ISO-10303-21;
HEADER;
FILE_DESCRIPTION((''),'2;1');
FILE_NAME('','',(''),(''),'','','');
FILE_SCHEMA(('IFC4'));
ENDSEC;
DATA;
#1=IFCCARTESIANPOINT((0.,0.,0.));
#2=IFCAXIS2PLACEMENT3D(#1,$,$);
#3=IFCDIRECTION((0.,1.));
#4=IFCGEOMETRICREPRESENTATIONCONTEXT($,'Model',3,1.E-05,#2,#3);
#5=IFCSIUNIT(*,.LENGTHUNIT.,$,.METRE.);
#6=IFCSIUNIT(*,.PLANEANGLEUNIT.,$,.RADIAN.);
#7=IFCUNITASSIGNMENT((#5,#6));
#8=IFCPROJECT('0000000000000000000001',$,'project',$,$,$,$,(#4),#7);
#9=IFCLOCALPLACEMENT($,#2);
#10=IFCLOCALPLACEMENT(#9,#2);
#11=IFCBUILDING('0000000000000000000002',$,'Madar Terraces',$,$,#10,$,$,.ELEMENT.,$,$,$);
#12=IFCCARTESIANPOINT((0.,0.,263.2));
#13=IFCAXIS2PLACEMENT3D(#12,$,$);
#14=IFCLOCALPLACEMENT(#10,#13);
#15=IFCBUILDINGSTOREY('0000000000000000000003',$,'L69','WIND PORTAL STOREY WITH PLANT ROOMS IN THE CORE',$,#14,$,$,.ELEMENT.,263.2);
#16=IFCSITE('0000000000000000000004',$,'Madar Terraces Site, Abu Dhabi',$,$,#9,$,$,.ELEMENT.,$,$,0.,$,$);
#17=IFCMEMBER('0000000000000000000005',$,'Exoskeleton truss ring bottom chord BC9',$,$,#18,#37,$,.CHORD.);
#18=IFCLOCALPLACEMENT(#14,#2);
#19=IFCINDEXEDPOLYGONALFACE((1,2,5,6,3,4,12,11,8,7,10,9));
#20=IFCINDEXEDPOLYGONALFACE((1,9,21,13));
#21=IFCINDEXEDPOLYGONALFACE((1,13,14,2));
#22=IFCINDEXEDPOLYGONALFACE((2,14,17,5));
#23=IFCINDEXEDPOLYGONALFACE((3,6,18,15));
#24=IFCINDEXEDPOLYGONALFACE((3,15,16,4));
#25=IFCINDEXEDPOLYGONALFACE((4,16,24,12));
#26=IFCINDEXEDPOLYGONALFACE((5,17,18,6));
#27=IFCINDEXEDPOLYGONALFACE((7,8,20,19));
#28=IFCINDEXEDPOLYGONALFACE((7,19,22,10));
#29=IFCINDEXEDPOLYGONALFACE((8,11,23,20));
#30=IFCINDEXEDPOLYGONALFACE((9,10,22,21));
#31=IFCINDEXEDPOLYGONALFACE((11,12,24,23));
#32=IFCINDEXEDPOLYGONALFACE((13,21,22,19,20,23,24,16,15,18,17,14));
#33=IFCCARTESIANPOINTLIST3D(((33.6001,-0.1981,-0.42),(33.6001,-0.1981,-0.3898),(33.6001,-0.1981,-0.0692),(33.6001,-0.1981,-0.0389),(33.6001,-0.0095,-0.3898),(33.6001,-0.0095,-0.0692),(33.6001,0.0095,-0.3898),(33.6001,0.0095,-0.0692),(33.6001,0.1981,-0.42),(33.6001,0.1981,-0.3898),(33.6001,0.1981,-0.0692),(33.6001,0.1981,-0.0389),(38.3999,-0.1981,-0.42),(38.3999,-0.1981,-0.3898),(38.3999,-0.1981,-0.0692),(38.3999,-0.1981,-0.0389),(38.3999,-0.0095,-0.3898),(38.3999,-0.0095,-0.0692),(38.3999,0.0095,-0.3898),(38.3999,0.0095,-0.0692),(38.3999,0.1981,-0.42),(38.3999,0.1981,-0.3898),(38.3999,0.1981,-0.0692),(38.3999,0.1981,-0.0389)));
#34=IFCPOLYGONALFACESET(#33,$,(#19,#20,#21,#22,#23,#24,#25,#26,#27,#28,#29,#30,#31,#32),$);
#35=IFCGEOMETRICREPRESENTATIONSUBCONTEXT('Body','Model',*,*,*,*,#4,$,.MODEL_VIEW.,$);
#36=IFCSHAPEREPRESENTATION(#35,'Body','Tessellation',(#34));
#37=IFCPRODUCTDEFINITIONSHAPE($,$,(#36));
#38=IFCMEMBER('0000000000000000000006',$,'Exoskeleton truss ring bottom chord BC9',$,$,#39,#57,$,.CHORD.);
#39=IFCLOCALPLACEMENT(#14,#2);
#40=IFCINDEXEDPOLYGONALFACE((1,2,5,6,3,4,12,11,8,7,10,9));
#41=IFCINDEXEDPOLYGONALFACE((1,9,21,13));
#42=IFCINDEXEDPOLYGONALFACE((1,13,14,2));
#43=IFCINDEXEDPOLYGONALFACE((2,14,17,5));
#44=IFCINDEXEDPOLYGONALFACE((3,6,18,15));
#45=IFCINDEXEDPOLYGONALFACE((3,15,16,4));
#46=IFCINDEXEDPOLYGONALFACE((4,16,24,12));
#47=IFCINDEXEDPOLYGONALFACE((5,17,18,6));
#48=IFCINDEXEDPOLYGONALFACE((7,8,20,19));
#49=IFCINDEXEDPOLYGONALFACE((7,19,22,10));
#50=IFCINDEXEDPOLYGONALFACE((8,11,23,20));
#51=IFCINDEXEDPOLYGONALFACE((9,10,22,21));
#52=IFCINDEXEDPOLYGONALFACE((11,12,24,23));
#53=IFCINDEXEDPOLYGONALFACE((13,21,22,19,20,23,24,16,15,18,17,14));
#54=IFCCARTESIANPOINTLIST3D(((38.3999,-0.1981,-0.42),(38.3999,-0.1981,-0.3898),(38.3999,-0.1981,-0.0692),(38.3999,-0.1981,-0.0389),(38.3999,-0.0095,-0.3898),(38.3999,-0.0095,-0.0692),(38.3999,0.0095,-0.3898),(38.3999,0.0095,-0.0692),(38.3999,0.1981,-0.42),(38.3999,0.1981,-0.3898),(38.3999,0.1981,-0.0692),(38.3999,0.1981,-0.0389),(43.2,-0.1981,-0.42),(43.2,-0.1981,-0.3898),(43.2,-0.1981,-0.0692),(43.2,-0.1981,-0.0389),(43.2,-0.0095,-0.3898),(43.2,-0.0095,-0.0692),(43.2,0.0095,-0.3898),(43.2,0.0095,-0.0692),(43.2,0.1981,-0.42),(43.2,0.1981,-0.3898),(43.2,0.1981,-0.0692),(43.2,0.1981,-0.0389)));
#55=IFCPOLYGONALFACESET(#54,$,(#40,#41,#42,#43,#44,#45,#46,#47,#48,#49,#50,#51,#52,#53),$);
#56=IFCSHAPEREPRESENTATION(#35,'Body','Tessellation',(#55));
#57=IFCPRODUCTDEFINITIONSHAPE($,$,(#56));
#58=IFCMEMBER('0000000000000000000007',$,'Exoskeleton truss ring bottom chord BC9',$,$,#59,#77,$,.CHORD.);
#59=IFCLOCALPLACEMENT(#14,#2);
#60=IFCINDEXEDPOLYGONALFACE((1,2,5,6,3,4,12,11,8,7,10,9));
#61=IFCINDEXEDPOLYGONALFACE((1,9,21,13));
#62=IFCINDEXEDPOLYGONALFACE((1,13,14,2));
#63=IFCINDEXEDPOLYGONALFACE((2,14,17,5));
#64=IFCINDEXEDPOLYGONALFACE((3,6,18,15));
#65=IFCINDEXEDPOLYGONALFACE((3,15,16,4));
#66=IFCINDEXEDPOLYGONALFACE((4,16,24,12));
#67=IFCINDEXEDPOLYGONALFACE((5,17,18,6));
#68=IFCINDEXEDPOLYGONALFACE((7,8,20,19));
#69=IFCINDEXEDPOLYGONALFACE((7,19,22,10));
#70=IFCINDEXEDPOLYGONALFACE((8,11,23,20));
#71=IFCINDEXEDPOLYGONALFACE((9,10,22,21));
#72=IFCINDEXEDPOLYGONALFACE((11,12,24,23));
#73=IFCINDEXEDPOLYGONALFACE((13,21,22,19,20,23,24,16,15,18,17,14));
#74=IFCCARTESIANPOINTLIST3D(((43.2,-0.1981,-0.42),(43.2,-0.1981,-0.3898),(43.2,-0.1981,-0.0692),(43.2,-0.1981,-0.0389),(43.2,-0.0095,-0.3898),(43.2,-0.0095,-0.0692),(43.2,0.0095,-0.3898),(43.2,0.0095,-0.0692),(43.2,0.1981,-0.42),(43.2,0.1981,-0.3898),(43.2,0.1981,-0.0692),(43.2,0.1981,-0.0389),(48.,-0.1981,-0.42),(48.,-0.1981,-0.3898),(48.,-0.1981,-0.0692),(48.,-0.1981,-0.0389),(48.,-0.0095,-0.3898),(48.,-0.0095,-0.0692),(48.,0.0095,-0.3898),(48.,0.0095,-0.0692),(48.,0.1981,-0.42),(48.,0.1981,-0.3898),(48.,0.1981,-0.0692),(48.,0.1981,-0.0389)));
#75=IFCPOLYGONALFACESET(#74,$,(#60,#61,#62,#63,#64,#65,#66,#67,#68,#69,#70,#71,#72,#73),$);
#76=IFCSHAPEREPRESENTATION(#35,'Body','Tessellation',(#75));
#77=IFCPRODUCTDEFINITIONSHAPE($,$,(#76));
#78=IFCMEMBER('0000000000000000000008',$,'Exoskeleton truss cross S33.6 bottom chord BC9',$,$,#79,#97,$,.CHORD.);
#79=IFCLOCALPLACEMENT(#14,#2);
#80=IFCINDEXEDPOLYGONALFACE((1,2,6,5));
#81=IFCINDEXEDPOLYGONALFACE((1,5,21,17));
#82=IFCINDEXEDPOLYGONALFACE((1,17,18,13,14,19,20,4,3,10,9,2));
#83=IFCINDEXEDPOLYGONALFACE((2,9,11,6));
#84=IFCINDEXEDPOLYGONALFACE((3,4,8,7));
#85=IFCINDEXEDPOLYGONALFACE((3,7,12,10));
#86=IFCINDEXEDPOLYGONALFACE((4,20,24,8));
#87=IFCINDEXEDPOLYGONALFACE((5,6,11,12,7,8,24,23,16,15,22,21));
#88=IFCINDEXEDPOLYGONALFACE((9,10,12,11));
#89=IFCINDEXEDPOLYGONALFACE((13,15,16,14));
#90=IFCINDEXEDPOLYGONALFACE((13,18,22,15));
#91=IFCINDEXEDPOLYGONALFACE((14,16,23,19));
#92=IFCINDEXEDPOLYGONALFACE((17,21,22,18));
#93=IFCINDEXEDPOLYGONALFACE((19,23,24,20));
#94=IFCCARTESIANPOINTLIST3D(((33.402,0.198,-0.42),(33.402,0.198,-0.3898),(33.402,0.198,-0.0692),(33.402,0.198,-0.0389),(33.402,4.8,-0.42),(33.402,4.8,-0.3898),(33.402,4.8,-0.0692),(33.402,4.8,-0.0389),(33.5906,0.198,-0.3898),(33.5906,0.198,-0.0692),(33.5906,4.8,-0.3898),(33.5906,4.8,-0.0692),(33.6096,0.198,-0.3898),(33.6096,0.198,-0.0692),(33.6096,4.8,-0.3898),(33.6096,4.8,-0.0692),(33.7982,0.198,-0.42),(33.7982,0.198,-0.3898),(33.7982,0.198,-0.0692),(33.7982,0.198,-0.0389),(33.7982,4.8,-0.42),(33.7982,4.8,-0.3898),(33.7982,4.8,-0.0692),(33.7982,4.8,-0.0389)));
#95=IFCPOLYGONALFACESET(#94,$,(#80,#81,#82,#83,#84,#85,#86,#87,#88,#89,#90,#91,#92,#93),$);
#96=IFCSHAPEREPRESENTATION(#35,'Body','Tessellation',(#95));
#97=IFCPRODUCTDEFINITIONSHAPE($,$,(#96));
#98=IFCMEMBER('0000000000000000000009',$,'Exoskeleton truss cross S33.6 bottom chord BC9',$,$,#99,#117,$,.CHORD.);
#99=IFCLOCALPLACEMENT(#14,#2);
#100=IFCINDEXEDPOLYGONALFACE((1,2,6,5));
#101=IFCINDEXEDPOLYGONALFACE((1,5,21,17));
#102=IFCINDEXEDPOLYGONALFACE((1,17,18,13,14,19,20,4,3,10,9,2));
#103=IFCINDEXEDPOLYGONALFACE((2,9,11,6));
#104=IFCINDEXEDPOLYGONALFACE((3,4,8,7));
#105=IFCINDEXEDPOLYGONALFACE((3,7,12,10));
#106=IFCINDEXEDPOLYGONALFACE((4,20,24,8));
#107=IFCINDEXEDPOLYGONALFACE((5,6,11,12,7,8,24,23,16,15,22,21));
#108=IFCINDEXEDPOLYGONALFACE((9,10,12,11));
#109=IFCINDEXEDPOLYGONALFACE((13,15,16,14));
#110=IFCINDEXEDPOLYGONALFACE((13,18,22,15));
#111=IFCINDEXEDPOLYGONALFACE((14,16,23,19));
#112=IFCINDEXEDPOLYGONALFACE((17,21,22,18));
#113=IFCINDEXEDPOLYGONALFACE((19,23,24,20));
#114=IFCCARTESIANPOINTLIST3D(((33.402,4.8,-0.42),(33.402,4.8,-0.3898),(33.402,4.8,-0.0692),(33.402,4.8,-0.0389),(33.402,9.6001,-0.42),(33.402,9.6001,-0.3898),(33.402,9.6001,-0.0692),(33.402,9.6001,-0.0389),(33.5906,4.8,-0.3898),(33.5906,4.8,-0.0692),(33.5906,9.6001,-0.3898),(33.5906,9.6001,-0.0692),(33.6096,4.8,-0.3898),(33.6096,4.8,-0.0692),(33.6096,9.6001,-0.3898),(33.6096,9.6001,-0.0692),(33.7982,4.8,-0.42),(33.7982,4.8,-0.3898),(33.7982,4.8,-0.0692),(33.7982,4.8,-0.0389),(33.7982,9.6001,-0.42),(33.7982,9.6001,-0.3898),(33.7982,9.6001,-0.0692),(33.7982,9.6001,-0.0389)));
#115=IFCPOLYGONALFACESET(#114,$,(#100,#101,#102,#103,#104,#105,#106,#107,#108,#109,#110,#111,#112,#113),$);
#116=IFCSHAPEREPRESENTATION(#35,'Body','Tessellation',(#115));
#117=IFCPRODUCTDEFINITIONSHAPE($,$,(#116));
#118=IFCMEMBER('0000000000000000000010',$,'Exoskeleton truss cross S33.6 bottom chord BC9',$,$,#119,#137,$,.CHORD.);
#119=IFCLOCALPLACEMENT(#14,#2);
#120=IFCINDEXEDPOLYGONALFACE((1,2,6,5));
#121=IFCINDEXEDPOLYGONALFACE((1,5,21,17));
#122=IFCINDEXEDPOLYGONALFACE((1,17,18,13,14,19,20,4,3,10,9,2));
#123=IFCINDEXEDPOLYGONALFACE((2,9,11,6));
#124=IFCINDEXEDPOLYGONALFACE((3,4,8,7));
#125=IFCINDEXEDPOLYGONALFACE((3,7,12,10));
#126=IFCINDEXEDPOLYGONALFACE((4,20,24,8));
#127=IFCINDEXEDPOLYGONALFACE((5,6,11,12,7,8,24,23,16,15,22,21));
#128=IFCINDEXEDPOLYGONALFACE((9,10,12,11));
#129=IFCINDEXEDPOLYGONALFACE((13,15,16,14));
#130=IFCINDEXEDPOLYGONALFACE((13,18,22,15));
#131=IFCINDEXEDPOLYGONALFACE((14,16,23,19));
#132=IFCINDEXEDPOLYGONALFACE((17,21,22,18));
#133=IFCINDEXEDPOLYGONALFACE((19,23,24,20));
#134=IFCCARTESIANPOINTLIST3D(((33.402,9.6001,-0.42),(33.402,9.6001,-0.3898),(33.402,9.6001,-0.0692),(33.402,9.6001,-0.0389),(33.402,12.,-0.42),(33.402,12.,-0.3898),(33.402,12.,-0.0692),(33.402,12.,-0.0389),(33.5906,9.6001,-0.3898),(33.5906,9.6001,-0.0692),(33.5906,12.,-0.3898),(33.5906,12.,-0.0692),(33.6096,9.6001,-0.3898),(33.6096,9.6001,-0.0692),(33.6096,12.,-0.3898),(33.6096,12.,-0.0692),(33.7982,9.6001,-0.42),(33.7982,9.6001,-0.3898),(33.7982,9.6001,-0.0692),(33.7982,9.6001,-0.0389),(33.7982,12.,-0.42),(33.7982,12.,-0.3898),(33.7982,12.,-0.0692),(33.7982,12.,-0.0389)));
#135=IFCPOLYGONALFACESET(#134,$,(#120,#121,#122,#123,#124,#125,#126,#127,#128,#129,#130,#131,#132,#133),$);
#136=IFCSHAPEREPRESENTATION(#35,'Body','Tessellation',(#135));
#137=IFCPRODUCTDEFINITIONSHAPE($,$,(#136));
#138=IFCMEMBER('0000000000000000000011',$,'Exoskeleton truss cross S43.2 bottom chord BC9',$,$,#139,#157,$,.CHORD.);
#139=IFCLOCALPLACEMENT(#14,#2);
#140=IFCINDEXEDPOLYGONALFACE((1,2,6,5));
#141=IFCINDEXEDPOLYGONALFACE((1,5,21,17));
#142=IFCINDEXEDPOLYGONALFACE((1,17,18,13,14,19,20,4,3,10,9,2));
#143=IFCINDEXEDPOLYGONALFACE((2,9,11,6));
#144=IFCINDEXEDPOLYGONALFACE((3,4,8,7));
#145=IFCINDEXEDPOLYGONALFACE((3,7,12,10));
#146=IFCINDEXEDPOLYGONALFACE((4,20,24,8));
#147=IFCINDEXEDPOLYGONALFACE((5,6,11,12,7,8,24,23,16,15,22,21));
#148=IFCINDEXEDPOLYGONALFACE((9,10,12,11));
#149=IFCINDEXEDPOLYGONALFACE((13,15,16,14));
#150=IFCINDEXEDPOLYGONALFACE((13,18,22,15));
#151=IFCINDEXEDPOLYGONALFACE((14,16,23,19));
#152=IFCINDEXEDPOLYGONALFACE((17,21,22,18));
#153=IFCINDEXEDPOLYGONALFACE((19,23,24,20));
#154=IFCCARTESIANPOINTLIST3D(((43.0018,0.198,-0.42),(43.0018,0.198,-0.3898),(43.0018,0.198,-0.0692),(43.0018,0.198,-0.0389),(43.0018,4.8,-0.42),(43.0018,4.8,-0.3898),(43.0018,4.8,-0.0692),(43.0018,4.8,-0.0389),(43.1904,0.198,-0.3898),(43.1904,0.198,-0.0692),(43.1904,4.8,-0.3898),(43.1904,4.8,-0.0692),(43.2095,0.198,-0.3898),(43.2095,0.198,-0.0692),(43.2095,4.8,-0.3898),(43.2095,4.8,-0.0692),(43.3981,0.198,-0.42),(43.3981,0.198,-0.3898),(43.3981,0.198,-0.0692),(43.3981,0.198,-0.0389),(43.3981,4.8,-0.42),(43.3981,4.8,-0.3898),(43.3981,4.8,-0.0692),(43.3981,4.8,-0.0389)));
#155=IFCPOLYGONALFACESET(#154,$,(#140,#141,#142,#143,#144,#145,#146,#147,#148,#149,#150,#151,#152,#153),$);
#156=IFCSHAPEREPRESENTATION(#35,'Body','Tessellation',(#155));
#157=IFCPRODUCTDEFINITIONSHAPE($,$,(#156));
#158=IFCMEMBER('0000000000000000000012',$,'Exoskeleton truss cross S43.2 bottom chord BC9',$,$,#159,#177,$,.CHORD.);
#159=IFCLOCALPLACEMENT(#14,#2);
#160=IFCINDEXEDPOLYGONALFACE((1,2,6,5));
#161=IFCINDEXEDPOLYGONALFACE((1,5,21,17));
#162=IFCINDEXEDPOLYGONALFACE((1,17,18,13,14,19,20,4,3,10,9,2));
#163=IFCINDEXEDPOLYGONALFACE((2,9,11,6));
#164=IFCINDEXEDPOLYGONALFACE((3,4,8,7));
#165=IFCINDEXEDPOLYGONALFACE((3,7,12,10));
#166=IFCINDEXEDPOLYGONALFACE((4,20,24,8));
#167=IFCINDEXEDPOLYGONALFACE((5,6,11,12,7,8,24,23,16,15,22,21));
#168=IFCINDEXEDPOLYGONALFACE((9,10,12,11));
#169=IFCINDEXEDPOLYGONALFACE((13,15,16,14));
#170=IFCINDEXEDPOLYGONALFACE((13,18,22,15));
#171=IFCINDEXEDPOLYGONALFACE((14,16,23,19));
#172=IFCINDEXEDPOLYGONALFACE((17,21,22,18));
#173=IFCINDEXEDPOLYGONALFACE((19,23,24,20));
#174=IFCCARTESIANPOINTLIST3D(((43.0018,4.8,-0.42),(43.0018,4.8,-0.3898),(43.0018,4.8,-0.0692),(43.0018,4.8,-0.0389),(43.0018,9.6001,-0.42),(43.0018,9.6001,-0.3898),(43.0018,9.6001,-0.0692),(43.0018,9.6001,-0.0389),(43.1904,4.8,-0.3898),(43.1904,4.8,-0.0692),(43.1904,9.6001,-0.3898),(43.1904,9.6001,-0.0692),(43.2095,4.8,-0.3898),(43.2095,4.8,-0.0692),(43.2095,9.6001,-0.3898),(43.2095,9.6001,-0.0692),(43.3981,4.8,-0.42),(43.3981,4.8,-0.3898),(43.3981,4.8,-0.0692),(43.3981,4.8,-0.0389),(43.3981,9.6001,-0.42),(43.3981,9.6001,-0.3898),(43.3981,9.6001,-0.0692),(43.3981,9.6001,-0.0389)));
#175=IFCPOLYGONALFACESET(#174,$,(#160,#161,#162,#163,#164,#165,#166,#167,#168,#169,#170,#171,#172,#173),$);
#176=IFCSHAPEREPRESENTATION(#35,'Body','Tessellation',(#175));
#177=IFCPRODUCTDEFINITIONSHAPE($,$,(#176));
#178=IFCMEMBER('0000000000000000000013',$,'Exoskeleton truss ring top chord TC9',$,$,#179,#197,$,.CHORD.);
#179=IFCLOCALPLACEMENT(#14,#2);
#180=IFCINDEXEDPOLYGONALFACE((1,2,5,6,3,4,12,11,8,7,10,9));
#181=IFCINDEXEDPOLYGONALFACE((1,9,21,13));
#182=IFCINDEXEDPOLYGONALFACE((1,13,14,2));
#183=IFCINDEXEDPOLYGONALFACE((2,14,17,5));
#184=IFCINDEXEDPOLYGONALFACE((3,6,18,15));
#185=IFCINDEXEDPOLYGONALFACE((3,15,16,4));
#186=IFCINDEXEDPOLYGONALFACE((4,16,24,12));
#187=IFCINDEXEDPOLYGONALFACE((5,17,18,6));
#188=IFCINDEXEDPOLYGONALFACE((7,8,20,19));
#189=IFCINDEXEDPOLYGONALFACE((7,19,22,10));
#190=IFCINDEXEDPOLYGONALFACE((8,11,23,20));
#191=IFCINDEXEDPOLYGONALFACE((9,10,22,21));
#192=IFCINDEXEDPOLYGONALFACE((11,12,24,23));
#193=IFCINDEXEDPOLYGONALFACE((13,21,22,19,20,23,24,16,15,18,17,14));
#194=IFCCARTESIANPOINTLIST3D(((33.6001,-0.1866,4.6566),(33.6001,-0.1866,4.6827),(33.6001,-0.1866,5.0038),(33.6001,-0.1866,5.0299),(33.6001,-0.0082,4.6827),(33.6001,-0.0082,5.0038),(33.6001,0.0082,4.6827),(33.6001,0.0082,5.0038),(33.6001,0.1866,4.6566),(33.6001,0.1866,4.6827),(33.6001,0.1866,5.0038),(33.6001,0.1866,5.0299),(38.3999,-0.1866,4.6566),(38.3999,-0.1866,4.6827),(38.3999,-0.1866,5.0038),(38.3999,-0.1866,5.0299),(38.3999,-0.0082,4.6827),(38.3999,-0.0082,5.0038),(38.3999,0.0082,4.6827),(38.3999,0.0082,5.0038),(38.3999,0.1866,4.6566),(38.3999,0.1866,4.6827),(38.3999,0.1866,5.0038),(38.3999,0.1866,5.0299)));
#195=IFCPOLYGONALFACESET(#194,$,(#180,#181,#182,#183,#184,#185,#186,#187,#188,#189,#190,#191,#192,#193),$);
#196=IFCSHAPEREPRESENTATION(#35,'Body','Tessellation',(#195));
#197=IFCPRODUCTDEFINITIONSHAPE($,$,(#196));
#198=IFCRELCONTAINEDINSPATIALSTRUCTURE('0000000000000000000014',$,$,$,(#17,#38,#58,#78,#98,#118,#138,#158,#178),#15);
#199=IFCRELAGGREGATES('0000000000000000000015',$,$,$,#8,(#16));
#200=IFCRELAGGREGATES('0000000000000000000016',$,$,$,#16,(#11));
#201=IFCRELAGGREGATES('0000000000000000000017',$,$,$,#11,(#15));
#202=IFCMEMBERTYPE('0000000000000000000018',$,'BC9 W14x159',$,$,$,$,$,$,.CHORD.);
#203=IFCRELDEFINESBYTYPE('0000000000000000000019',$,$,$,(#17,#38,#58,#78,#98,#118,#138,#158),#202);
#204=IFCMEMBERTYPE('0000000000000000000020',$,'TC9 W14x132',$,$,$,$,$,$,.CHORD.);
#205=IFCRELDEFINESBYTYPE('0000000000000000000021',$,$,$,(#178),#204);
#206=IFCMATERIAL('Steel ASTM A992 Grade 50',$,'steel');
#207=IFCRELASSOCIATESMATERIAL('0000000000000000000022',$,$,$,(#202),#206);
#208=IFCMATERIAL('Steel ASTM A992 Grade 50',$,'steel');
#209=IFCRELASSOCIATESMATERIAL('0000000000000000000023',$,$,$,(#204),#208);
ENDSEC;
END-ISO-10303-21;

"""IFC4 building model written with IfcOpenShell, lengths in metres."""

from ifc_helpers import new_model, si_unit, direction, frame, origin, origin_2d, place, context, subcontext, project, spatial, i_section, extrude, material, material_profile, profile_set, type_object, element, save


model = new_model("IFC4")

# Units and contexts
model_context = context("Model", 3, precision=1e-05, world=origin(), true_north=direction((0.0, 1.0)))
body_context = subcontext(model_context, "Body", "Model", "MODEL_VIEW")
ifc_project = project(units=[si_unit("LENGTHUNIT", "METRE"), si_unit("PLANEANGLEUNIT", "RADIAN")], contexts=[model_context])

# Site, building, storey
site_placement = place(None, origin())
site = spatial("IfcSite", under=ifc_project, at=site_placement, Name="Madar Terraces Site, Abu Dhabi", CompositionType="ELEMENT", RefElevation=0.0)
building_placement = place(site_placement, origin())
building = spatial("IfcBuilding", under=site, at=building_placement, Name="Madar Terraces", CompositionType="ELEMENT")
storey_placement = place(building_placement, frame((0.0, 0.0, 263.2)))
storey = spatial("IfcBuildingStorey", under=building, at=storey_placement, Name="L69", Description="WIND PORTAL STOREY WITH PLANT ROOMS IN THE CORE", CompositionType="ELEMENT", Elevation=263.2)

# Members
ifc_material_1 = material(Name="Steel ASTM A992 Grade 50", Category="steel")
ifc_material_profile_1 = material_profile(ifc_material_1, i_section(OverallWidth=0.3962, OverallDepth=0.3811, WebThickness=0.019, FlangeThickness=0.0303, at=origin_2d()), Name="W14x159")
ifc_profile_set_1 = profile_set([ifc_material_profile_1], Name="Steel ASTM A992 Grade 50")
member_type_1 = type_object("IfcMemberType", Name="BC9 W14x159", PredefinedType="CHORD", material=ifc_profile_set_1)
member_1_placement = place(storey_placement, frame((33.6001, 0.0, -0.2295), z_axis=(1.0, 0.0, 0.0), x_axis=(0.0, 1.0, 0.0)))
element("IfcMember", 1, at=member_1_placement, inside=storey, type_object=member_type_1, Name="Exoskeleton truss ring bottom chord BC9", PredefinedType="CHORD", context=body_context, shape_type="SweptSolid", body=[
    extrude(i_section(OverallWidth=0.3962, OverallDepth=0.3811, WebThickness=0.019, FlangeThickness=0.0303, at=origin_2d()), origin(), (0.0, 0.0, 1.0), 4.7998),
])
for number, where, z_axis, x_axis, name in (
    (2, (38.3999, 0.0, -0.2295), (1.0, 0.0, 0.0), (0.0, 1.0, 0.0), "Exoskeleton truss ring bottom chord BC9"),
    (3, (43.2, 0.0, -0.2295), (1.0, 0.0, 0.0), (0.0, 1.0, 0.0), "Exoskeleton truss ring bottom chord BC9"),
):
    element("IfcMember", number, at=place(storey_placement, frame(where, z_axis=z_axis, x_axis=x_axis)), inside=storey, type_object=member_type_1, Name=name, PredefinedType="CHORD", context=body_context, shape_type="SweptSolid", body=[
        extrude(i_section(OverallWidth=0.3962, OverallDepth=0.3811, WebThickness=0.019, FlangeThickness=0.0303, at=origin_2d()), origin(), (0.0, 0.0, 1.0), 4.8),
    ])
member_2_placement = place(storey_placement, frame((33.6001, 0.198, -0.2295), z_axis=(0.0, 1.0, 0.0), x_axis=(-1.0, 0.0, 0.0)))
element("IfcMember", 4, at=member_2_placement, inside=storey, type_object=member_type_1, Name="Exoskeleton truss cross S33.6 bottom chord BC9", PredefinedType="CHORD", context=body_context, shape_type="SweptSolid", body=[
    extrude(i_section(OverallWidth=0.3962, OverallDepth=0.3811, WebThickness=0.019, FlangeThickness=0.0303, at=origin_2d()), origin(), (0.0, 0.0, 1.0), 4.6021),
])
member_3_placement = place(storey_placement, frame((33.6001, 4.8, -0.2295), z_axis=(0.0, 1.0, 0.0), x_axis=(-1.0, 0.0, 0.0)))
element("IfcMember", 5, at=member_3_placement, inside=storey, type_object=member_type_1, Name="Exoskeleton truss cross S33.6 bottom chord BC9", PredefinedType="CHORD", context=body_context, shape_type="SweptSolid", body=[
    extrude(i_section(OverallWidth=0.3962, OverallDepth=0.3811, WebThickness=0.019, FlangeThickness=0.0303, at=origin_2d()), origin(), (0.0, 0.0, 1.0), 4.8),
])
member_4_placement = place(storey_placement, frame((33.6001, 9.6001, -0.2295), z_axis=(0.0, 1.0, 0.0), x_axis=(-1.0, 0.0, 0.0)))
element("IfcMember", 6, at=member_4_placement, inside=storey, type_object=member_type_1, Name="Exoskeleton truss cross S33.6 bottom chord BC9", PredefinedType="CHORD", context=body_context, shape_type="SweptSolid", body=[
    extrude(i_section(OverallWidth=0.3962, OverallDepth=0.3811, WebThickness=0.019, FlangeThickness=0.0303, at=origin_2d()), origin(), (0.0, 0.0, 1.0), 2.3999),
])
member_5_placement = place(storey_placement, frame((43.2, 0.198, -0.2295), z_axis=(0.0, 1.0, 0.0), x_axis=(-1.0, 0.0, 0.0)))
element("IfcMember", 7, at=member_5_placement, inside=storey, type_object=member_type_1, Name="Exoskeleton truss cross S43.2 bottom chord BC9", PredefinedType="CHORD", context=body_context, shape_type="SweptSolid", body=[
    extrude(i_section(OverallWidth=0.3962, OverallDepth=0.3811, WebThickness=0.019, FlangeThickness=0.0303, at=origin_2d()), origin(), (0.0, 0.0, 1.0), 4.6021),
])
member_6_placement = place(storey_placement, frame((43.2, 4.8, -0.2295), z_axis=(0.0, 1.0, 0.0), x_axis=(-1.0, 0.0, 0.0)))
element("IfcMember", 8, at=member_6_placement, inside=storey, type_object=member_type_1, Name="Exoskeleton truss cross S43.2 bottom chord BC9", PredefinedType="CHORD", context=body_context, shape_type="SweptSolid", body=[
    extrude(i_section(OverallWidth=0.3962, OverallDepth=0.3811, WebThickness=0.019, FlangeThickness=0.0303, at=origin_2d()), origin(), (0.0, 0.0, 1.0), 4.8),
])
ifc_material_2 = material(Name="Steel ASTM A992 Grade 50", Category="steel")
ifc_material_profile_2 = material_profile(ifc_material_2, i_section(OverallWidth=0.3733, OverallDepth=0.3733, WebThickness=0.0164, FlangeThickness=0.0261, at=origin_2d()), Name="W14x132")
ifc_profile_set_2 = profile_set([ifc_material_profile_2], Name="Steel ASTM A992 Grade 50")
member_type_2 = type_object("IfcMemberType", Name="TC9 W14x132", PredefinedType="CHORD", material=ifc_profile_set_2)
member_7_placement = place(storey_placement, frame((33.6001, 0.0, 4.8433), z_axis=(1.0, 0.0, 0.0), x_axis=(0.0, 1.0, 0.0)))
element("IfcMember", 9, at=member_7_placement, inside=storey, type_object=member_type_2, Name="Exoskeleton truss ring top chord TC9", PredefinedType="CHORD", context=body_context, shape_type="SweptSolid", body=[
    extrude(i_section(OverallWidth=0.3733, OverallDepth=0.3733, WebThickness=0.0164, FlangeThickness=0.0261, at=origin_2d()), origin(), (0.0, 0.0, 1.0), 4.7998),
])

save(model, "model.ifc")
